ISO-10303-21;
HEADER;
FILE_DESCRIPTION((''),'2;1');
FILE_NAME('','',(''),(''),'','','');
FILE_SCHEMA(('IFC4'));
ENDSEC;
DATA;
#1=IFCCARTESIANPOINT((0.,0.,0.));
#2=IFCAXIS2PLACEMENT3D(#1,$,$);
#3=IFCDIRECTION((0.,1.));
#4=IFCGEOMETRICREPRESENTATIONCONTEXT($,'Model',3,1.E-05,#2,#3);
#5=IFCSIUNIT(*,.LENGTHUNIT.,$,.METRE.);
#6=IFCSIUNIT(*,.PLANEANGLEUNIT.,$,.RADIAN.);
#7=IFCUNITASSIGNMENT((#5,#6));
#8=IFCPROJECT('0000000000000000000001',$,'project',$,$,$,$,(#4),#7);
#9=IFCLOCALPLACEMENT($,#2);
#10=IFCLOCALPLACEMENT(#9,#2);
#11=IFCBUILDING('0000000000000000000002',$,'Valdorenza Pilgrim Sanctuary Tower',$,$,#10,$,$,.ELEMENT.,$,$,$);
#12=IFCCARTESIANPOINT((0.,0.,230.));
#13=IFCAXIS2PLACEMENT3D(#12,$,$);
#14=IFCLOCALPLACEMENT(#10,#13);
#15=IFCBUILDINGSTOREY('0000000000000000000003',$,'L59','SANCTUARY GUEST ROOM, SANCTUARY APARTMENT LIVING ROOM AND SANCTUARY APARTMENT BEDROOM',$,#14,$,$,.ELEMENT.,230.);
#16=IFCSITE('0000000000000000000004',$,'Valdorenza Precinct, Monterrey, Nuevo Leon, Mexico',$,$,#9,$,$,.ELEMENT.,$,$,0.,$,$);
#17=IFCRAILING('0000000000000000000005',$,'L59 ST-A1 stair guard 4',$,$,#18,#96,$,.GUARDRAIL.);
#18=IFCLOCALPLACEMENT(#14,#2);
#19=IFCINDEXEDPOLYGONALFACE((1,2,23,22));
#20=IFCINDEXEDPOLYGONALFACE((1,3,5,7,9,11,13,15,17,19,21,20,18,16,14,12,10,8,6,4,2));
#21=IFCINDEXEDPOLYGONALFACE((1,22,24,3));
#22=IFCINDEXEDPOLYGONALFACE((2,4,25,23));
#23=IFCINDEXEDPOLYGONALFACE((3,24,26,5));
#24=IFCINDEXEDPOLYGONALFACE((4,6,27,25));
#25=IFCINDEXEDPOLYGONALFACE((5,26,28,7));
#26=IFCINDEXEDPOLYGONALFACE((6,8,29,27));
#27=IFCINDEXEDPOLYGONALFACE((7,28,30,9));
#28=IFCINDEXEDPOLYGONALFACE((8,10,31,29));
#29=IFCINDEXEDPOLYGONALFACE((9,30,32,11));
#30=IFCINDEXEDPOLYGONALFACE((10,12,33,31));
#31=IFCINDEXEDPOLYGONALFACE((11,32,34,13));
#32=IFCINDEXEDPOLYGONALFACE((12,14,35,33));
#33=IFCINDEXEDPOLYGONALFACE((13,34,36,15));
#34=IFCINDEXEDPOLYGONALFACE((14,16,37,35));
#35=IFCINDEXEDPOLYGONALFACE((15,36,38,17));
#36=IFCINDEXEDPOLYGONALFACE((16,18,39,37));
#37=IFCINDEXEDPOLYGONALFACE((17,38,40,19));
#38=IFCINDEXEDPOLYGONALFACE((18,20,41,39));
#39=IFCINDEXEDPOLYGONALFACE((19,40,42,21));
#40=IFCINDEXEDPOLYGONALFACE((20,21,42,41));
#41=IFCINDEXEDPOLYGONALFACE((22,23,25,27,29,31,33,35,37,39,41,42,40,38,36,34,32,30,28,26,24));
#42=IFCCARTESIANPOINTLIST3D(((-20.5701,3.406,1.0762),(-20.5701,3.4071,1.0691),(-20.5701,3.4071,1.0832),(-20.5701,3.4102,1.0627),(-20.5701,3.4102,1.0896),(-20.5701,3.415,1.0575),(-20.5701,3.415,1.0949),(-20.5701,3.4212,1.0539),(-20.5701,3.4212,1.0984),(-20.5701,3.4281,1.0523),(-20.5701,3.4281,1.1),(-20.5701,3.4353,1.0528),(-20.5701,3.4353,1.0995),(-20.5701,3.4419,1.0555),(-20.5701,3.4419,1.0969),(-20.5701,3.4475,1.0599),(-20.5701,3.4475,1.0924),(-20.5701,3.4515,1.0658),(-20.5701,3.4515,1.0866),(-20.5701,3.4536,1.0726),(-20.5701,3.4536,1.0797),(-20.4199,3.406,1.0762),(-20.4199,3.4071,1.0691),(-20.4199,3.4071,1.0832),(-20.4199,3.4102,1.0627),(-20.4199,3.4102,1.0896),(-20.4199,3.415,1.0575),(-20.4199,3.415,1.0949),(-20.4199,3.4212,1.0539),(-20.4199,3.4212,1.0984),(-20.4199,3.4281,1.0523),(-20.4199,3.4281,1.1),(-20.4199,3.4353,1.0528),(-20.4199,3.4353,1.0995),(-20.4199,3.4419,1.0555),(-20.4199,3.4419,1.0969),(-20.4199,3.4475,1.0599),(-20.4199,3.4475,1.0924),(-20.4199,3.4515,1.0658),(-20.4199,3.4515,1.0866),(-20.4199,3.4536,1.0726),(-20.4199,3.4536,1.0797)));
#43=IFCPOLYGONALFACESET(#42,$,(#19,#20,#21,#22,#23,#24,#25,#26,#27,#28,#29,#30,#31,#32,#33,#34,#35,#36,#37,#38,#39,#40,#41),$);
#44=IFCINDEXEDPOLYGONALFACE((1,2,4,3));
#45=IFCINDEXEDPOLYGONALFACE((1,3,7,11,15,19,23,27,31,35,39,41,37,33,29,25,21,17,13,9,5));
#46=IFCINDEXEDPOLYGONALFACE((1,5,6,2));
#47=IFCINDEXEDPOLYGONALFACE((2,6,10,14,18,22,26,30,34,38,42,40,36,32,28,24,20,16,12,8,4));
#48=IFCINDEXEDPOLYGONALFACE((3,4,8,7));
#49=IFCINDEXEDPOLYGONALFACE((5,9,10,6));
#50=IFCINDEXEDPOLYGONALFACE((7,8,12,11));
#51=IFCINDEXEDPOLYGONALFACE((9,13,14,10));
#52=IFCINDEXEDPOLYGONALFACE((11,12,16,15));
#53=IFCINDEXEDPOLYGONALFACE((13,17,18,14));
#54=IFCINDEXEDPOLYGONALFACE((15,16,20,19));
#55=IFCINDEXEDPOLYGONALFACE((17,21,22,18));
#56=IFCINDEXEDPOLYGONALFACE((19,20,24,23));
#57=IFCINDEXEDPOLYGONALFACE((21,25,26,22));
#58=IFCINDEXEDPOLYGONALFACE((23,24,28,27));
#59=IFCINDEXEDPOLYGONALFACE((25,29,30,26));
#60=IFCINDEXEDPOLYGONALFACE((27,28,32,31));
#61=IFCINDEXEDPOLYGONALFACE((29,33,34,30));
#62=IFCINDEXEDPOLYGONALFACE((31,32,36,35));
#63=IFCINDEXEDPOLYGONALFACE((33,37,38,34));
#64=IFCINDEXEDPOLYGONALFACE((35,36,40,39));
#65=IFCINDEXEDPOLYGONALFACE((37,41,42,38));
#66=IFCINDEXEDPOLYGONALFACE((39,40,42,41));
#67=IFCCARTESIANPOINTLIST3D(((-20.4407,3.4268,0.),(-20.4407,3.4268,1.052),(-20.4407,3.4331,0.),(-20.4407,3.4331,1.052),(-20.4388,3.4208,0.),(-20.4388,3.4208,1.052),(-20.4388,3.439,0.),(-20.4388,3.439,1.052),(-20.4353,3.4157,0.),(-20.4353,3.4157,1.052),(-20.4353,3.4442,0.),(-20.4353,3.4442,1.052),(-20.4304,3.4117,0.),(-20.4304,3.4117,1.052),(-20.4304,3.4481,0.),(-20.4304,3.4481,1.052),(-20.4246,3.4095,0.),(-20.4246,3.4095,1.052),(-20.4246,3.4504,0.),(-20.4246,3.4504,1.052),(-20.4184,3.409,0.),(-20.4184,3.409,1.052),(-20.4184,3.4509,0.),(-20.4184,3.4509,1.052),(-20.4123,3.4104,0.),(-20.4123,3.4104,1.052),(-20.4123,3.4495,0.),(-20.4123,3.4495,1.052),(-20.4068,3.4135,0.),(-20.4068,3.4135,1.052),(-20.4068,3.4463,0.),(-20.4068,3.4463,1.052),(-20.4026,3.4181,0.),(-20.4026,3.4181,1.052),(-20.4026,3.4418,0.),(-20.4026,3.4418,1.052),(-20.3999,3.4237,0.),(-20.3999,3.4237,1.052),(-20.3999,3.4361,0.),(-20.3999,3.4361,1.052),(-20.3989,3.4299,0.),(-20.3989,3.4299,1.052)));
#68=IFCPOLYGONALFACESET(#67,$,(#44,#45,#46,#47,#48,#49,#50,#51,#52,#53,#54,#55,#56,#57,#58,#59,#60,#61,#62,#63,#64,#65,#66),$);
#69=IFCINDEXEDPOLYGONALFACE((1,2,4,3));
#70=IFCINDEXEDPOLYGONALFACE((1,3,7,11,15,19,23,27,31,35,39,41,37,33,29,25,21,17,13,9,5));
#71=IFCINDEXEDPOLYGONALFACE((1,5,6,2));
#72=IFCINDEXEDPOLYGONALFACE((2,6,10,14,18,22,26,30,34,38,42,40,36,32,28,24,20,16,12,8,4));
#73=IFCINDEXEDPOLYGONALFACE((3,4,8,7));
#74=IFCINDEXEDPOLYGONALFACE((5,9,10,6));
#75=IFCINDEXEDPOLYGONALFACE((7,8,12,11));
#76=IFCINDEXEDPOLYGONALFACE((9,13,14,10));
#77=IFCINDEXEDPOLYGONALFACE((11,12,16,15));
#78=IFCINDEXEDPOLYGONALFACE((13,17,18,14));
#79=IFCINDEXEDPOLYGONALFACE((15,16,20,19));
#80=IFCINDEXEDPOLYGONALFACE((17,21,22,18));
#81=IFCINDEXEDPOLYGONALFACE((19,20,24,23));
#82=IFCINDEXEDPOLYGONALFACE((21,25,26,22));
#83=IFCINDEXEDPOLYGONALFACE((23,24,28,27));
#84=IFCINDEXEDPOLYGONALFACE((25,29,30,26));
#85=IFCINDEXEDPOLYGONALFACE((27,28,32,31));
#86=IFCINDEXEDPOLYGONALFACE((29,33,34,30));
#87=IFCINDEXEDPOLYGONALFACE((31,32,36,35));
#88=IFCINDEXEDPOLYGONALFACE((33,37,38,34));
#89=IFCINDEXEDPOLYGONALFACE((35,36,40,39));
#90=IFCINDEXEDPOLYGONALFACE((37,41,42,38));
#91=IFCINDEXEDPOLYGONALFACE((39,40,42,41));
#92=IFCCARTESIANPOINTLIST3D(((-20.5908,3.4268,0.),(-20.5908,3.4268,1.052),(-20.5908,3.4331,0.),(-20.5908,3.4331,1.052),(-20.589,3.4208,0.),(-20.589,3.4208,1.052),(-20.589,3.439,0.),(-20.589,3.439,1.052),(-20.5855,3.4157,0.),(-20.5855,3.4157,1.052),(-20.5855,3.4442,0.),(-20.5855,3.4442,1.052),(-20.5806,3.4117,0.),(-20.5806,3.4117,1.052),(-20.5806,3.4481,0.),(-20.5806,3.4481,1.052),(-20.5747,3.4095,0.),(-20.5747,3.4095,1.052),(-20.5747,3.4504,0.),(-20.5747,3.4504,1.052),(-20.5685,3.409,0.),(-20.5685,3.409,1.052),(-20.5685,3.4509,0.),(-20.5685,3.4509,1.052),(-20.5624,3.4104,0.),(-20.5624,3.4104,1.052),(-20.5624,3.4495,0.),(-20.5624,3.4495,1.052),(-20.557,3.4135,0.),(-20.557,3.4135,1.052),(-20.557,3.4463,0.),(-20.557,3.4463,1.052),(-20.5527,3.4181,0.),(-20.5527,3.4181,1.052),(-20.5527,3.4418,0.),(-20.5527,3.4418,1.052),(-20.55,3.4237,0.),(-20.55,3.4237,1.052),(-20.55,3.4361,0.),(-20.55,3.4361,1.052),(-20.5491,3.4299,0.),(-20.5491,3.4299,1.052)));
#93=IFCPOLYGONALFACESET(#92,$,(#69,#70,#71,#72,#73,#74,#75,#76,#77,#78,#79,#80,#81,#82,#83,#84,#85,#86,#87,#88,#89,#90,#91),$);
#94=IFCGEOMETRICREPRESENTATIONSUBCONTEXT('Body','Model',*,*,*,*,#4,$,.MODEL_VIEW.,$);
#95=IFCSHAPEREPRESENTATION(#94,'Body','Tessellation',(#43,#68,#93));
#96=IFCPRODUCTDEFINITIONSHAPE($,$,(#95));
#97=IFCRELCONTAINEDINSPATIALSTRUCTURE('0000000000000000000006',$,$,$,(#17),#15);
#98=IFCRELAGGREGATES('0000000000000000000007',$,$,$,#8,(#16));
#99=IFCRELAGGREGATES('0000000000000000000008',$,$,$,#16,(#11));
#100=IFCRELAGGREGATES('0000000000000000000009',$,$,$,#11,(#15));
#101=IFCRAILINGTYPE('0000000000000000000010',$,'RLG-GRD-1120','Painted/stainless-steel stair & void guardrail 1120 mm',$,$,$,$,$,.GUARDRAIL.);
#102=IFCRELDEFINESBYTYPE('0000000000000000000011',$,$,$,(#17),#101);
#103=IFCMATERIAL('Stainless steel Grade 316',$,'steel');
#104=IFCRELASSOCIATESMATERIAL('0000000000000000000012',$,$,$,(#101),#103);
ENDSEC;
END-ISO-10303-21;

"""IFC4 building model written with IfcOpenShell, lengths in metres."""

from ifc_helpers import new_model, si_unit, direction, frame, origin, origin_2d, place, context, subcontext, project, spatial, circle, extrude, material, type_object, element, save


model = new_model("IFC4")

# Units and contexts
model_context = context("Model", 3, precision=1e-05, world=origin(), true_north=direction((0.0, 1.0)))
body_context = subcontext(model_context, "Body", "Model", "MODEL_VIEW")
ifc_project = project(units=[si_unit("LENGTHUNIT", "METRE"), si_unit("PLANEANGLEUNIT", "RADIAN")], contexts=[model_context])

# Site, building, storey
site_placement = place(None, origin())
site = spatial("IfcSite", under=ifc_project, at=site_placement, Name="Valdorenza Precinct, Monterrey, Nuevo Leon, Mexico", CompositionType="ELEMENT", RefElevation=0.0)
building_placement = place(site_placement, origin())
building = spatial("IfcBuilding", under=site, at=building_placement, Name="Valdorenza Pilgrim Sanctuary Tower", CompositionType="ELEMENT")
storey_placement = place(building_placement, frame((0.0, 0.0, 230.0)))
storey = spatial("IfcBuildingStorey", under=building, at=storey_placement, Name="L59", Description="SANCTUARY GUEST ROOM, SANCTUARY APARTMENT LIVING ROOM AND SANCTUARY APARTMENT BEDROOM", CompositionType="ELEMENT", Elevation=230.0)

# Railing
ifc_material_1 = material(Name="Stainless steel Grade 316", Category="steel")
railing_type_1 = type_object("IfcRailingType", Name="RLG-GRD-1120", Description="Painted/stainless-steel stair & void guardrail 1120 mm", PredefinedType="GUARDRAIL", material=ifc_material_1)
railing_1_placement = place(storey_placement, frame((-20.4199, 3.4299, 0.0)))
element("IfcRailing", 1, at=railing_1_placement, inside=storey, type_object=railing_type_1, Name="L59 ST-A1 stair guard 4", PredefinedType="GUARDRAIL", context=body_context, shape_type="SweptSolid", body=[
    extrude(circle(Radius=0.0239, at=origin_2d()), frame((0.0, 0.0, 1.0762), z_axis=(-1.0, 0.0, 0.0), x_axis=(0.0, -1.0, 0.0)), (0.0, 0.0, 1.0), 0.1501),
    extrude(circle(Radius=0.021, at=origin_2d()), origin(), (0.0, 0.0, 1.0), 1.052),
    extrude(circle(Radius=0.021, at=origin_2d()), frame((-0.1501, 0.0, 0.0)), (0.0, 0.0, 1.0), 1.052),
])

save(model, "model.ifc")
